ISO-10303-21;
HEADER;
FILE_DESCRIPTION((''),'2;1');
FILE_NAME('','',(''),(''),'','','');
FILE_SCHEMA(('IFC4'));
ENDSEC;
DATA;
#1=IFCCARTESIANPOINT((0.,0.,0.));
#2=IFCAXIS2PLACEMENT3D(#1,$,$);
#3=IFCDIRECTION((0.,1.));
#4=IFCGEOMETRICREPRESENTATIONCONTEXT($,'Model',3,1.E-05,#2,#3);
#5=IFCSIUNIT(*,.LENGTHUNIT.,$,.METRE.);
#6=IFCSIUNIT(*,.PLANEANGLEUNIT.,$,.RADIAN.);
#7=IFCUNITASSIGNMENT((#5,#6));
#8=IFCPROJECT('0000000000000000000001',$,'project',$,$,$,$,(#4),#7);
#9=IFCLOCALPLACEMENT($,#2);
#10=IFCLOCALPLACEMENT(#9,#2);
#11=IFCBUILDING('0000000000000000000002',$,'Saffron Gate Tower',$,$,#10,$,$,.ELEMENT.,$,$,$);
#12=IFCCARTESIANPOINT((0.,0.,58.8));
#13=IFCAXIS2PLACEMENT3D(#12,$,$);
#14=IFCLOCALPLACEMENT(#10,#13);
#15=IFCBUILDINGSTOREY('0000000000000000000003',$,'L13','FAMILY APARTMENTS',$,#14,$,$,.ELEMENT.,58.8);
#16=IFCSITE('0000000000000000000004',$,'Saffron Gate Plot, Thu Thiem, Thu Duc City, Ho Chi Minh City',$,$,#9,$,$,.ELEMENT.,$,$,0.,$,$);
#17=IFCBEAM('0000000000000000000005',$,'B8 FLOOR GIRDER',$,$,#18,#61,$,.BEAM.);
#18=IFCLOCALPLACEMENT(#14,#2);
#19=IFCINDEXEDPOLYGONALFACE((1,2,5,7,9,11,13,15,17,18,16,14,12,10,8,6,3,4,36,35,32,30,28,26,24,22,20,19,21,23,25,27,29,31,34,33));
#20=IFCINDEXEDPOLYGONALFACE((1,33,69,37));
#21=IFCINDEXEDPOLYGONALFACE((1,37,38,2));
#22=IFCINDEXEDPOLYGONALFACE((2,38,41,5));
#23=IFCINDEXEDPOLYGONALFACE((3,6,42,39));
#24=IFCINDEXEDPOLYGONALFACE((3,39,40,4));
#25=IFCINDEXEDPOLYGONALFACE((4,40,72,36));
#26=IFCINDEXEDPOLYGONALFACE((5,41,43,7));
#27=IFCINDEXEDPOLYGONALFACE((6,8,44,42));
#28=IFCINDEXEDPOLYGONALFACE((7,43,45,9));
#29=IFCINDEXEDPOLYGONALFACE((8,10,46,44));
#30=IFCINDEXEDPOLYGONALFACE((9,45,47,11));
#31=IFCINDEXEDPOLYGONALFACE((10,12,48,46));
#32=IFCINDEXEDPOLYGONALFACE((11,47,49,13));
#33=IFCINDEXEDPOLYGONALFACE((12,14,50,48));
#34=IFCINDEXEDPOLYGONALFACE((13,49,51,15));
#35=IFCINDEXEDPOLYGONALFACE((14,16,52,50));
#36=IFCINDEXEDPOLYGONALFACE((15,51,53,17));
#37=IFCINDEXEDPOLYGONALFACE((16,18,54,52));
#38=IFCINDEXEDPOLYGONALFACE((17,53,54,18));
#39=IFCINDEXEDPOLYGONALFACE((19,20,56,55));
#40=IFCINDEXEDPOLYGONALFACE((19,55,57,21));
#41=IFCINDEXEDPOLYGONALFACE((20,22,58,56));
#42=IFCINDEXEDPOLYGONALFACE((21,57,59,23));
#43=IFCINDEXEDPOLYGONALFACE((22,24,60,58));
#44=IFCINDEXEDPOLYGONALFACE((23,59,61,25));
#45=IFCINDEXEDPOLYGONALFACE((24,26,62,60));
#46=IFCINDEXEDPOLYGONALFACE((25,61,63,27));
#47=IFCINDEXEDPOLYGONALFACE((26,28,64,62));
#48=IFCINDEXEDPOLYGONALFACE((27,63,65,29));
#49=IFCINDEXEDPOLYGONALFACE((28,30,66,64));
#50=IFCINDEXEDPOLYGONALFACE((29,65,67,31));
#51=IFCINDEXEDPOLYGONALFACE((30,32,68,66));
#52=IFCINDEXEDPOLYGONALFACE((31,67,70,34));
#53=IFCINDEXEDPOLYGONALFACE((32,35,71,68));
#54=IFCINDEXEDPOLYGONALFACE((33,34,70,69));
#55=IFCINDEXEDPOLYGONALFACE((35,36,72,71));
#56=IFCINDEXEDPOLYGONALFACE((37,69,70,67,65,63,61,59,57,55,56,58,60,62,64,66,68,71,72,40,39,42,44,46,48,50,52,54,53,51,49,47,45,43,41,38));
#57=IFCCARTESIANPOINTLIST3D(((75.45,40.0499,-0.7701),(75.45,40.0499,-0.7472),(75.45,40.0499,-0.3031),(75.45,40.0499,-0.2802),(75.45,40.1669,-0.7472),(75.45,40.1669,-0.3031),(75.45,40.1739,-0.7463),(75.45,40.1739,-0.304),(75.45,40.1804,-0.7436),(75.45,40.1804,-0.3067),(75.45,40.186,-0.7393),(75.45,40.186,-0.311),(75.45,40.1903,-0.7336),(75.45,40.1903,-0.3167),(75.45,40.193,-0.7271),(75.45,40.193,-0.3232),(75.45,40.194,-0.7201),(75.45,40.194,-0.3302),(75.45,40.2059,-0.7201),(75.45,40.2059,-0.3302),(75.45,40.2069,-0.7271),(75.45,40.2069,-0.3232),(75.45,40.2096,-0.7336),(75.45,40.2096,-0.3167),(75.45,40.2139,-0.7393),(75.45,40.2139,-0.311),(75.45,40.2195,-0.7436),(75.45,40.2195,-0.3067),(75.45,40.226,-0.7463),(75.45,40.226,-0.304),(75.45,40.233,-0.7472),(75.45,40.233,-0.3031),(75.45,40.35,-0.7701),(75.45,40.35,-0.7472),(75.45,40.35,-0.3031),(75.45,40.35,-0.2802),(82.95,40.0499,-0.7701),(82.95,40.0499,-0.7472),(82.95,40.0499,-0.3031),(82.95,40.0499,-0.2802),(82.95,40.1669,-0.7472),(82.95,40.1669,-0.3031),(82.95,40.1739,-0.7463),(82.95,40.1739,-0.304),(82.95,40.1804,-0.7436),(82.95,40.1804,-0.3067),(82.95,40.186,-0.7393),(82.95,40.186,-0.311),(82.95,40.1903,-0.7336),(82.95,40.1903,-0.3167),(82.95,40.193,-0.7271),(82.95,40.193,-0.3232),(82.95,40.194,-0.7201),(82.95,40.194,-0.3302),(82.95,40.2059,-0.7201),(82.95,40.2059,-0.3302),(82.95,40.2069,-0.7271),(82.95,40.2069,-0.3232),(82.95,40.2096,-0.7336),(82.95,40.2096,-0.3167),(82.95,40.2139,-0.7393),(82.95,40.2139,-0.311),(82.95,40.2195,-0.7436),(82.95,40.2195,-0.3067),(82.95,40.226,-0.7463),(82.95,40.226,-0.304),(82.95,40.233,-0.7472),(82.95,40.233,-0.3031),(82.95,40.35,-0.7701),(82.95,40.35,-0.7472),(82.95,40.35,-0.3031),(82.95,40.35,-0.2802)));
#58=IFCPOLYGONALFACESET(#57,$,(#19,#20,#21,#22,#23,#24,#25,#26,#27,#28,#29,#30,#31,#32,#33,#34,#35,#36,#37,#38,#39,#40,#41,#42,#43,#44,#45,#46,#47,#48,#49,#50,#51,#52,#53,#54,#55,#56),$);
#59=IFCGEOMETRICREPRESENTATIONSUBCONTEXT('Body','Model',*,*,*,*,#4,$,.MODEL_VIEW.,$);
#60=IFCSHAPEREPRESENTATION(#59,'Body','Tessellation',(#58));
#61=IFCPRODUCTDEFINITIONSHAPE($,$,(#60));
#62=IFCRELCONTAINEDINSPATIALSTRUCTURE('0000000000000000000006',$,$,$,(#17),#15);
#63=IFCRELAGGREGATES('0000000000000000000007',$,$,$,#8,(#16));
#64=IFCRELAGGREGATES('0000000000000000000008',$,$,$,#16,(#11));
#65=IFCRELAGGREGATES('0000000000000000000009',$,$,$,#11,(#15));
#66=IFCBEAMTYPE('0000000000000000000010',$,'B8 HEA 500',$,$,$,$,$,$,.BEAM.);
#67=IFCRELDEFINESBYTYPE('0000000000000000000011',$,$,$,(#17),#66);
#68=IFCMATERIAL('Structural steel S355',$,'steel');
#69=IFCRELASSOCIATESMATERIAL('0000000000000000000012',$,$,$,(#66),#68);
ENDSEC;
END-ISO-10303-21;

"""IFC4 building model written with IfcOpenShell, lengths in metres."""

from ifc_helpers import new_model, si_unit, direction, frame, origin, origin_2d, place, context, subcontext, project, spatial, i_section, extrude, material, material_profile, profile_set, type_object, element, save


model = new_model("IFC4")

# Units and contexts
model_context = context("Model", 3, precision=1e-05, world=origin(), true_north=direction((0.0, 1.0)))
body_context = subcontext(model_context, "Body", "Model", "MODEL_VIEW")
ifc_project = project(units=[si_unit("LENGTHUNIT", "METRE"), si_unit("PLANEANGLEUNIT", "RADIAN")], contexts=[model_context])

# Site, building, storey
site_placement = place(None, origin())
site = spatial("IfcSite", under=ifc_project, at=site_placement, Name="Saffron Gate Plot, Thu Thiem, Thu Duc City, Ho Chi Minh City", CompositionType="ELEMENT", RefElevation=0.0)
building_placement = place(site_placement, origin())
building = spatial("IfcBuilding", under=site, at=building_placement, Name="Saffron Gate Tower", CompositionType="ELEMENT")
storey_placement = place(building_placement, frame((0.0, 0.0, 58.8)))
storey = spatial("IfcBuildingStorey", under=building, at=storey_placement, Name="L13", Description="FAMILY APARTMENTS", CompositionType="ELEMENT", Elevation=58.8)

# Beam
ifc_material_1 = material(Name="Structural steel S355", Category="steel")
ifc_material_profile_1 = material_profile(ifc_material_1, i_section(OverallWidth=0.3, OverallDepth=0.49, WebThickness=0.012, FlangeThickness=0.0229, FilletRadius=0.0271, at=origin_2d()))
ifc_profile_set_1 = profile_set([ifc_material_profile_1], Name="Structural steel S355")
beam_type_1 = type_object("IfcBeamType", Name="B8 HEA 500", PredefinedType="BEAM", material=ifc_profile_set_1)
for number, where, z_axis, x_axis, name in (
    (1, (75.45, 40.2, -0.5251), (1.0, 0.0, 0.0), (0.0, 1.0, 0.0), "B8 FLOOR GIRDER"),
):
    element("IfcBeam", number, at=place(storey_placement, frame(where, z_axis=z_axis, x_axis=x_axis)), inside=storey, type_object=beam_type_1, Name=name, PredefinedType="BEAM", context=body_context, shape_type="SweptSolid", body=[
        extrude(i_section(OverallWidth=0.3, OverallDepth=0.49, WebThickness=0.012, FlangeThickness=0.0229, FilletRadius=0.0271, at=origin_2d()), origin(), (0.0, 0.0, 1.0), 7.5),
    ])

save(model, "model.ifc")
